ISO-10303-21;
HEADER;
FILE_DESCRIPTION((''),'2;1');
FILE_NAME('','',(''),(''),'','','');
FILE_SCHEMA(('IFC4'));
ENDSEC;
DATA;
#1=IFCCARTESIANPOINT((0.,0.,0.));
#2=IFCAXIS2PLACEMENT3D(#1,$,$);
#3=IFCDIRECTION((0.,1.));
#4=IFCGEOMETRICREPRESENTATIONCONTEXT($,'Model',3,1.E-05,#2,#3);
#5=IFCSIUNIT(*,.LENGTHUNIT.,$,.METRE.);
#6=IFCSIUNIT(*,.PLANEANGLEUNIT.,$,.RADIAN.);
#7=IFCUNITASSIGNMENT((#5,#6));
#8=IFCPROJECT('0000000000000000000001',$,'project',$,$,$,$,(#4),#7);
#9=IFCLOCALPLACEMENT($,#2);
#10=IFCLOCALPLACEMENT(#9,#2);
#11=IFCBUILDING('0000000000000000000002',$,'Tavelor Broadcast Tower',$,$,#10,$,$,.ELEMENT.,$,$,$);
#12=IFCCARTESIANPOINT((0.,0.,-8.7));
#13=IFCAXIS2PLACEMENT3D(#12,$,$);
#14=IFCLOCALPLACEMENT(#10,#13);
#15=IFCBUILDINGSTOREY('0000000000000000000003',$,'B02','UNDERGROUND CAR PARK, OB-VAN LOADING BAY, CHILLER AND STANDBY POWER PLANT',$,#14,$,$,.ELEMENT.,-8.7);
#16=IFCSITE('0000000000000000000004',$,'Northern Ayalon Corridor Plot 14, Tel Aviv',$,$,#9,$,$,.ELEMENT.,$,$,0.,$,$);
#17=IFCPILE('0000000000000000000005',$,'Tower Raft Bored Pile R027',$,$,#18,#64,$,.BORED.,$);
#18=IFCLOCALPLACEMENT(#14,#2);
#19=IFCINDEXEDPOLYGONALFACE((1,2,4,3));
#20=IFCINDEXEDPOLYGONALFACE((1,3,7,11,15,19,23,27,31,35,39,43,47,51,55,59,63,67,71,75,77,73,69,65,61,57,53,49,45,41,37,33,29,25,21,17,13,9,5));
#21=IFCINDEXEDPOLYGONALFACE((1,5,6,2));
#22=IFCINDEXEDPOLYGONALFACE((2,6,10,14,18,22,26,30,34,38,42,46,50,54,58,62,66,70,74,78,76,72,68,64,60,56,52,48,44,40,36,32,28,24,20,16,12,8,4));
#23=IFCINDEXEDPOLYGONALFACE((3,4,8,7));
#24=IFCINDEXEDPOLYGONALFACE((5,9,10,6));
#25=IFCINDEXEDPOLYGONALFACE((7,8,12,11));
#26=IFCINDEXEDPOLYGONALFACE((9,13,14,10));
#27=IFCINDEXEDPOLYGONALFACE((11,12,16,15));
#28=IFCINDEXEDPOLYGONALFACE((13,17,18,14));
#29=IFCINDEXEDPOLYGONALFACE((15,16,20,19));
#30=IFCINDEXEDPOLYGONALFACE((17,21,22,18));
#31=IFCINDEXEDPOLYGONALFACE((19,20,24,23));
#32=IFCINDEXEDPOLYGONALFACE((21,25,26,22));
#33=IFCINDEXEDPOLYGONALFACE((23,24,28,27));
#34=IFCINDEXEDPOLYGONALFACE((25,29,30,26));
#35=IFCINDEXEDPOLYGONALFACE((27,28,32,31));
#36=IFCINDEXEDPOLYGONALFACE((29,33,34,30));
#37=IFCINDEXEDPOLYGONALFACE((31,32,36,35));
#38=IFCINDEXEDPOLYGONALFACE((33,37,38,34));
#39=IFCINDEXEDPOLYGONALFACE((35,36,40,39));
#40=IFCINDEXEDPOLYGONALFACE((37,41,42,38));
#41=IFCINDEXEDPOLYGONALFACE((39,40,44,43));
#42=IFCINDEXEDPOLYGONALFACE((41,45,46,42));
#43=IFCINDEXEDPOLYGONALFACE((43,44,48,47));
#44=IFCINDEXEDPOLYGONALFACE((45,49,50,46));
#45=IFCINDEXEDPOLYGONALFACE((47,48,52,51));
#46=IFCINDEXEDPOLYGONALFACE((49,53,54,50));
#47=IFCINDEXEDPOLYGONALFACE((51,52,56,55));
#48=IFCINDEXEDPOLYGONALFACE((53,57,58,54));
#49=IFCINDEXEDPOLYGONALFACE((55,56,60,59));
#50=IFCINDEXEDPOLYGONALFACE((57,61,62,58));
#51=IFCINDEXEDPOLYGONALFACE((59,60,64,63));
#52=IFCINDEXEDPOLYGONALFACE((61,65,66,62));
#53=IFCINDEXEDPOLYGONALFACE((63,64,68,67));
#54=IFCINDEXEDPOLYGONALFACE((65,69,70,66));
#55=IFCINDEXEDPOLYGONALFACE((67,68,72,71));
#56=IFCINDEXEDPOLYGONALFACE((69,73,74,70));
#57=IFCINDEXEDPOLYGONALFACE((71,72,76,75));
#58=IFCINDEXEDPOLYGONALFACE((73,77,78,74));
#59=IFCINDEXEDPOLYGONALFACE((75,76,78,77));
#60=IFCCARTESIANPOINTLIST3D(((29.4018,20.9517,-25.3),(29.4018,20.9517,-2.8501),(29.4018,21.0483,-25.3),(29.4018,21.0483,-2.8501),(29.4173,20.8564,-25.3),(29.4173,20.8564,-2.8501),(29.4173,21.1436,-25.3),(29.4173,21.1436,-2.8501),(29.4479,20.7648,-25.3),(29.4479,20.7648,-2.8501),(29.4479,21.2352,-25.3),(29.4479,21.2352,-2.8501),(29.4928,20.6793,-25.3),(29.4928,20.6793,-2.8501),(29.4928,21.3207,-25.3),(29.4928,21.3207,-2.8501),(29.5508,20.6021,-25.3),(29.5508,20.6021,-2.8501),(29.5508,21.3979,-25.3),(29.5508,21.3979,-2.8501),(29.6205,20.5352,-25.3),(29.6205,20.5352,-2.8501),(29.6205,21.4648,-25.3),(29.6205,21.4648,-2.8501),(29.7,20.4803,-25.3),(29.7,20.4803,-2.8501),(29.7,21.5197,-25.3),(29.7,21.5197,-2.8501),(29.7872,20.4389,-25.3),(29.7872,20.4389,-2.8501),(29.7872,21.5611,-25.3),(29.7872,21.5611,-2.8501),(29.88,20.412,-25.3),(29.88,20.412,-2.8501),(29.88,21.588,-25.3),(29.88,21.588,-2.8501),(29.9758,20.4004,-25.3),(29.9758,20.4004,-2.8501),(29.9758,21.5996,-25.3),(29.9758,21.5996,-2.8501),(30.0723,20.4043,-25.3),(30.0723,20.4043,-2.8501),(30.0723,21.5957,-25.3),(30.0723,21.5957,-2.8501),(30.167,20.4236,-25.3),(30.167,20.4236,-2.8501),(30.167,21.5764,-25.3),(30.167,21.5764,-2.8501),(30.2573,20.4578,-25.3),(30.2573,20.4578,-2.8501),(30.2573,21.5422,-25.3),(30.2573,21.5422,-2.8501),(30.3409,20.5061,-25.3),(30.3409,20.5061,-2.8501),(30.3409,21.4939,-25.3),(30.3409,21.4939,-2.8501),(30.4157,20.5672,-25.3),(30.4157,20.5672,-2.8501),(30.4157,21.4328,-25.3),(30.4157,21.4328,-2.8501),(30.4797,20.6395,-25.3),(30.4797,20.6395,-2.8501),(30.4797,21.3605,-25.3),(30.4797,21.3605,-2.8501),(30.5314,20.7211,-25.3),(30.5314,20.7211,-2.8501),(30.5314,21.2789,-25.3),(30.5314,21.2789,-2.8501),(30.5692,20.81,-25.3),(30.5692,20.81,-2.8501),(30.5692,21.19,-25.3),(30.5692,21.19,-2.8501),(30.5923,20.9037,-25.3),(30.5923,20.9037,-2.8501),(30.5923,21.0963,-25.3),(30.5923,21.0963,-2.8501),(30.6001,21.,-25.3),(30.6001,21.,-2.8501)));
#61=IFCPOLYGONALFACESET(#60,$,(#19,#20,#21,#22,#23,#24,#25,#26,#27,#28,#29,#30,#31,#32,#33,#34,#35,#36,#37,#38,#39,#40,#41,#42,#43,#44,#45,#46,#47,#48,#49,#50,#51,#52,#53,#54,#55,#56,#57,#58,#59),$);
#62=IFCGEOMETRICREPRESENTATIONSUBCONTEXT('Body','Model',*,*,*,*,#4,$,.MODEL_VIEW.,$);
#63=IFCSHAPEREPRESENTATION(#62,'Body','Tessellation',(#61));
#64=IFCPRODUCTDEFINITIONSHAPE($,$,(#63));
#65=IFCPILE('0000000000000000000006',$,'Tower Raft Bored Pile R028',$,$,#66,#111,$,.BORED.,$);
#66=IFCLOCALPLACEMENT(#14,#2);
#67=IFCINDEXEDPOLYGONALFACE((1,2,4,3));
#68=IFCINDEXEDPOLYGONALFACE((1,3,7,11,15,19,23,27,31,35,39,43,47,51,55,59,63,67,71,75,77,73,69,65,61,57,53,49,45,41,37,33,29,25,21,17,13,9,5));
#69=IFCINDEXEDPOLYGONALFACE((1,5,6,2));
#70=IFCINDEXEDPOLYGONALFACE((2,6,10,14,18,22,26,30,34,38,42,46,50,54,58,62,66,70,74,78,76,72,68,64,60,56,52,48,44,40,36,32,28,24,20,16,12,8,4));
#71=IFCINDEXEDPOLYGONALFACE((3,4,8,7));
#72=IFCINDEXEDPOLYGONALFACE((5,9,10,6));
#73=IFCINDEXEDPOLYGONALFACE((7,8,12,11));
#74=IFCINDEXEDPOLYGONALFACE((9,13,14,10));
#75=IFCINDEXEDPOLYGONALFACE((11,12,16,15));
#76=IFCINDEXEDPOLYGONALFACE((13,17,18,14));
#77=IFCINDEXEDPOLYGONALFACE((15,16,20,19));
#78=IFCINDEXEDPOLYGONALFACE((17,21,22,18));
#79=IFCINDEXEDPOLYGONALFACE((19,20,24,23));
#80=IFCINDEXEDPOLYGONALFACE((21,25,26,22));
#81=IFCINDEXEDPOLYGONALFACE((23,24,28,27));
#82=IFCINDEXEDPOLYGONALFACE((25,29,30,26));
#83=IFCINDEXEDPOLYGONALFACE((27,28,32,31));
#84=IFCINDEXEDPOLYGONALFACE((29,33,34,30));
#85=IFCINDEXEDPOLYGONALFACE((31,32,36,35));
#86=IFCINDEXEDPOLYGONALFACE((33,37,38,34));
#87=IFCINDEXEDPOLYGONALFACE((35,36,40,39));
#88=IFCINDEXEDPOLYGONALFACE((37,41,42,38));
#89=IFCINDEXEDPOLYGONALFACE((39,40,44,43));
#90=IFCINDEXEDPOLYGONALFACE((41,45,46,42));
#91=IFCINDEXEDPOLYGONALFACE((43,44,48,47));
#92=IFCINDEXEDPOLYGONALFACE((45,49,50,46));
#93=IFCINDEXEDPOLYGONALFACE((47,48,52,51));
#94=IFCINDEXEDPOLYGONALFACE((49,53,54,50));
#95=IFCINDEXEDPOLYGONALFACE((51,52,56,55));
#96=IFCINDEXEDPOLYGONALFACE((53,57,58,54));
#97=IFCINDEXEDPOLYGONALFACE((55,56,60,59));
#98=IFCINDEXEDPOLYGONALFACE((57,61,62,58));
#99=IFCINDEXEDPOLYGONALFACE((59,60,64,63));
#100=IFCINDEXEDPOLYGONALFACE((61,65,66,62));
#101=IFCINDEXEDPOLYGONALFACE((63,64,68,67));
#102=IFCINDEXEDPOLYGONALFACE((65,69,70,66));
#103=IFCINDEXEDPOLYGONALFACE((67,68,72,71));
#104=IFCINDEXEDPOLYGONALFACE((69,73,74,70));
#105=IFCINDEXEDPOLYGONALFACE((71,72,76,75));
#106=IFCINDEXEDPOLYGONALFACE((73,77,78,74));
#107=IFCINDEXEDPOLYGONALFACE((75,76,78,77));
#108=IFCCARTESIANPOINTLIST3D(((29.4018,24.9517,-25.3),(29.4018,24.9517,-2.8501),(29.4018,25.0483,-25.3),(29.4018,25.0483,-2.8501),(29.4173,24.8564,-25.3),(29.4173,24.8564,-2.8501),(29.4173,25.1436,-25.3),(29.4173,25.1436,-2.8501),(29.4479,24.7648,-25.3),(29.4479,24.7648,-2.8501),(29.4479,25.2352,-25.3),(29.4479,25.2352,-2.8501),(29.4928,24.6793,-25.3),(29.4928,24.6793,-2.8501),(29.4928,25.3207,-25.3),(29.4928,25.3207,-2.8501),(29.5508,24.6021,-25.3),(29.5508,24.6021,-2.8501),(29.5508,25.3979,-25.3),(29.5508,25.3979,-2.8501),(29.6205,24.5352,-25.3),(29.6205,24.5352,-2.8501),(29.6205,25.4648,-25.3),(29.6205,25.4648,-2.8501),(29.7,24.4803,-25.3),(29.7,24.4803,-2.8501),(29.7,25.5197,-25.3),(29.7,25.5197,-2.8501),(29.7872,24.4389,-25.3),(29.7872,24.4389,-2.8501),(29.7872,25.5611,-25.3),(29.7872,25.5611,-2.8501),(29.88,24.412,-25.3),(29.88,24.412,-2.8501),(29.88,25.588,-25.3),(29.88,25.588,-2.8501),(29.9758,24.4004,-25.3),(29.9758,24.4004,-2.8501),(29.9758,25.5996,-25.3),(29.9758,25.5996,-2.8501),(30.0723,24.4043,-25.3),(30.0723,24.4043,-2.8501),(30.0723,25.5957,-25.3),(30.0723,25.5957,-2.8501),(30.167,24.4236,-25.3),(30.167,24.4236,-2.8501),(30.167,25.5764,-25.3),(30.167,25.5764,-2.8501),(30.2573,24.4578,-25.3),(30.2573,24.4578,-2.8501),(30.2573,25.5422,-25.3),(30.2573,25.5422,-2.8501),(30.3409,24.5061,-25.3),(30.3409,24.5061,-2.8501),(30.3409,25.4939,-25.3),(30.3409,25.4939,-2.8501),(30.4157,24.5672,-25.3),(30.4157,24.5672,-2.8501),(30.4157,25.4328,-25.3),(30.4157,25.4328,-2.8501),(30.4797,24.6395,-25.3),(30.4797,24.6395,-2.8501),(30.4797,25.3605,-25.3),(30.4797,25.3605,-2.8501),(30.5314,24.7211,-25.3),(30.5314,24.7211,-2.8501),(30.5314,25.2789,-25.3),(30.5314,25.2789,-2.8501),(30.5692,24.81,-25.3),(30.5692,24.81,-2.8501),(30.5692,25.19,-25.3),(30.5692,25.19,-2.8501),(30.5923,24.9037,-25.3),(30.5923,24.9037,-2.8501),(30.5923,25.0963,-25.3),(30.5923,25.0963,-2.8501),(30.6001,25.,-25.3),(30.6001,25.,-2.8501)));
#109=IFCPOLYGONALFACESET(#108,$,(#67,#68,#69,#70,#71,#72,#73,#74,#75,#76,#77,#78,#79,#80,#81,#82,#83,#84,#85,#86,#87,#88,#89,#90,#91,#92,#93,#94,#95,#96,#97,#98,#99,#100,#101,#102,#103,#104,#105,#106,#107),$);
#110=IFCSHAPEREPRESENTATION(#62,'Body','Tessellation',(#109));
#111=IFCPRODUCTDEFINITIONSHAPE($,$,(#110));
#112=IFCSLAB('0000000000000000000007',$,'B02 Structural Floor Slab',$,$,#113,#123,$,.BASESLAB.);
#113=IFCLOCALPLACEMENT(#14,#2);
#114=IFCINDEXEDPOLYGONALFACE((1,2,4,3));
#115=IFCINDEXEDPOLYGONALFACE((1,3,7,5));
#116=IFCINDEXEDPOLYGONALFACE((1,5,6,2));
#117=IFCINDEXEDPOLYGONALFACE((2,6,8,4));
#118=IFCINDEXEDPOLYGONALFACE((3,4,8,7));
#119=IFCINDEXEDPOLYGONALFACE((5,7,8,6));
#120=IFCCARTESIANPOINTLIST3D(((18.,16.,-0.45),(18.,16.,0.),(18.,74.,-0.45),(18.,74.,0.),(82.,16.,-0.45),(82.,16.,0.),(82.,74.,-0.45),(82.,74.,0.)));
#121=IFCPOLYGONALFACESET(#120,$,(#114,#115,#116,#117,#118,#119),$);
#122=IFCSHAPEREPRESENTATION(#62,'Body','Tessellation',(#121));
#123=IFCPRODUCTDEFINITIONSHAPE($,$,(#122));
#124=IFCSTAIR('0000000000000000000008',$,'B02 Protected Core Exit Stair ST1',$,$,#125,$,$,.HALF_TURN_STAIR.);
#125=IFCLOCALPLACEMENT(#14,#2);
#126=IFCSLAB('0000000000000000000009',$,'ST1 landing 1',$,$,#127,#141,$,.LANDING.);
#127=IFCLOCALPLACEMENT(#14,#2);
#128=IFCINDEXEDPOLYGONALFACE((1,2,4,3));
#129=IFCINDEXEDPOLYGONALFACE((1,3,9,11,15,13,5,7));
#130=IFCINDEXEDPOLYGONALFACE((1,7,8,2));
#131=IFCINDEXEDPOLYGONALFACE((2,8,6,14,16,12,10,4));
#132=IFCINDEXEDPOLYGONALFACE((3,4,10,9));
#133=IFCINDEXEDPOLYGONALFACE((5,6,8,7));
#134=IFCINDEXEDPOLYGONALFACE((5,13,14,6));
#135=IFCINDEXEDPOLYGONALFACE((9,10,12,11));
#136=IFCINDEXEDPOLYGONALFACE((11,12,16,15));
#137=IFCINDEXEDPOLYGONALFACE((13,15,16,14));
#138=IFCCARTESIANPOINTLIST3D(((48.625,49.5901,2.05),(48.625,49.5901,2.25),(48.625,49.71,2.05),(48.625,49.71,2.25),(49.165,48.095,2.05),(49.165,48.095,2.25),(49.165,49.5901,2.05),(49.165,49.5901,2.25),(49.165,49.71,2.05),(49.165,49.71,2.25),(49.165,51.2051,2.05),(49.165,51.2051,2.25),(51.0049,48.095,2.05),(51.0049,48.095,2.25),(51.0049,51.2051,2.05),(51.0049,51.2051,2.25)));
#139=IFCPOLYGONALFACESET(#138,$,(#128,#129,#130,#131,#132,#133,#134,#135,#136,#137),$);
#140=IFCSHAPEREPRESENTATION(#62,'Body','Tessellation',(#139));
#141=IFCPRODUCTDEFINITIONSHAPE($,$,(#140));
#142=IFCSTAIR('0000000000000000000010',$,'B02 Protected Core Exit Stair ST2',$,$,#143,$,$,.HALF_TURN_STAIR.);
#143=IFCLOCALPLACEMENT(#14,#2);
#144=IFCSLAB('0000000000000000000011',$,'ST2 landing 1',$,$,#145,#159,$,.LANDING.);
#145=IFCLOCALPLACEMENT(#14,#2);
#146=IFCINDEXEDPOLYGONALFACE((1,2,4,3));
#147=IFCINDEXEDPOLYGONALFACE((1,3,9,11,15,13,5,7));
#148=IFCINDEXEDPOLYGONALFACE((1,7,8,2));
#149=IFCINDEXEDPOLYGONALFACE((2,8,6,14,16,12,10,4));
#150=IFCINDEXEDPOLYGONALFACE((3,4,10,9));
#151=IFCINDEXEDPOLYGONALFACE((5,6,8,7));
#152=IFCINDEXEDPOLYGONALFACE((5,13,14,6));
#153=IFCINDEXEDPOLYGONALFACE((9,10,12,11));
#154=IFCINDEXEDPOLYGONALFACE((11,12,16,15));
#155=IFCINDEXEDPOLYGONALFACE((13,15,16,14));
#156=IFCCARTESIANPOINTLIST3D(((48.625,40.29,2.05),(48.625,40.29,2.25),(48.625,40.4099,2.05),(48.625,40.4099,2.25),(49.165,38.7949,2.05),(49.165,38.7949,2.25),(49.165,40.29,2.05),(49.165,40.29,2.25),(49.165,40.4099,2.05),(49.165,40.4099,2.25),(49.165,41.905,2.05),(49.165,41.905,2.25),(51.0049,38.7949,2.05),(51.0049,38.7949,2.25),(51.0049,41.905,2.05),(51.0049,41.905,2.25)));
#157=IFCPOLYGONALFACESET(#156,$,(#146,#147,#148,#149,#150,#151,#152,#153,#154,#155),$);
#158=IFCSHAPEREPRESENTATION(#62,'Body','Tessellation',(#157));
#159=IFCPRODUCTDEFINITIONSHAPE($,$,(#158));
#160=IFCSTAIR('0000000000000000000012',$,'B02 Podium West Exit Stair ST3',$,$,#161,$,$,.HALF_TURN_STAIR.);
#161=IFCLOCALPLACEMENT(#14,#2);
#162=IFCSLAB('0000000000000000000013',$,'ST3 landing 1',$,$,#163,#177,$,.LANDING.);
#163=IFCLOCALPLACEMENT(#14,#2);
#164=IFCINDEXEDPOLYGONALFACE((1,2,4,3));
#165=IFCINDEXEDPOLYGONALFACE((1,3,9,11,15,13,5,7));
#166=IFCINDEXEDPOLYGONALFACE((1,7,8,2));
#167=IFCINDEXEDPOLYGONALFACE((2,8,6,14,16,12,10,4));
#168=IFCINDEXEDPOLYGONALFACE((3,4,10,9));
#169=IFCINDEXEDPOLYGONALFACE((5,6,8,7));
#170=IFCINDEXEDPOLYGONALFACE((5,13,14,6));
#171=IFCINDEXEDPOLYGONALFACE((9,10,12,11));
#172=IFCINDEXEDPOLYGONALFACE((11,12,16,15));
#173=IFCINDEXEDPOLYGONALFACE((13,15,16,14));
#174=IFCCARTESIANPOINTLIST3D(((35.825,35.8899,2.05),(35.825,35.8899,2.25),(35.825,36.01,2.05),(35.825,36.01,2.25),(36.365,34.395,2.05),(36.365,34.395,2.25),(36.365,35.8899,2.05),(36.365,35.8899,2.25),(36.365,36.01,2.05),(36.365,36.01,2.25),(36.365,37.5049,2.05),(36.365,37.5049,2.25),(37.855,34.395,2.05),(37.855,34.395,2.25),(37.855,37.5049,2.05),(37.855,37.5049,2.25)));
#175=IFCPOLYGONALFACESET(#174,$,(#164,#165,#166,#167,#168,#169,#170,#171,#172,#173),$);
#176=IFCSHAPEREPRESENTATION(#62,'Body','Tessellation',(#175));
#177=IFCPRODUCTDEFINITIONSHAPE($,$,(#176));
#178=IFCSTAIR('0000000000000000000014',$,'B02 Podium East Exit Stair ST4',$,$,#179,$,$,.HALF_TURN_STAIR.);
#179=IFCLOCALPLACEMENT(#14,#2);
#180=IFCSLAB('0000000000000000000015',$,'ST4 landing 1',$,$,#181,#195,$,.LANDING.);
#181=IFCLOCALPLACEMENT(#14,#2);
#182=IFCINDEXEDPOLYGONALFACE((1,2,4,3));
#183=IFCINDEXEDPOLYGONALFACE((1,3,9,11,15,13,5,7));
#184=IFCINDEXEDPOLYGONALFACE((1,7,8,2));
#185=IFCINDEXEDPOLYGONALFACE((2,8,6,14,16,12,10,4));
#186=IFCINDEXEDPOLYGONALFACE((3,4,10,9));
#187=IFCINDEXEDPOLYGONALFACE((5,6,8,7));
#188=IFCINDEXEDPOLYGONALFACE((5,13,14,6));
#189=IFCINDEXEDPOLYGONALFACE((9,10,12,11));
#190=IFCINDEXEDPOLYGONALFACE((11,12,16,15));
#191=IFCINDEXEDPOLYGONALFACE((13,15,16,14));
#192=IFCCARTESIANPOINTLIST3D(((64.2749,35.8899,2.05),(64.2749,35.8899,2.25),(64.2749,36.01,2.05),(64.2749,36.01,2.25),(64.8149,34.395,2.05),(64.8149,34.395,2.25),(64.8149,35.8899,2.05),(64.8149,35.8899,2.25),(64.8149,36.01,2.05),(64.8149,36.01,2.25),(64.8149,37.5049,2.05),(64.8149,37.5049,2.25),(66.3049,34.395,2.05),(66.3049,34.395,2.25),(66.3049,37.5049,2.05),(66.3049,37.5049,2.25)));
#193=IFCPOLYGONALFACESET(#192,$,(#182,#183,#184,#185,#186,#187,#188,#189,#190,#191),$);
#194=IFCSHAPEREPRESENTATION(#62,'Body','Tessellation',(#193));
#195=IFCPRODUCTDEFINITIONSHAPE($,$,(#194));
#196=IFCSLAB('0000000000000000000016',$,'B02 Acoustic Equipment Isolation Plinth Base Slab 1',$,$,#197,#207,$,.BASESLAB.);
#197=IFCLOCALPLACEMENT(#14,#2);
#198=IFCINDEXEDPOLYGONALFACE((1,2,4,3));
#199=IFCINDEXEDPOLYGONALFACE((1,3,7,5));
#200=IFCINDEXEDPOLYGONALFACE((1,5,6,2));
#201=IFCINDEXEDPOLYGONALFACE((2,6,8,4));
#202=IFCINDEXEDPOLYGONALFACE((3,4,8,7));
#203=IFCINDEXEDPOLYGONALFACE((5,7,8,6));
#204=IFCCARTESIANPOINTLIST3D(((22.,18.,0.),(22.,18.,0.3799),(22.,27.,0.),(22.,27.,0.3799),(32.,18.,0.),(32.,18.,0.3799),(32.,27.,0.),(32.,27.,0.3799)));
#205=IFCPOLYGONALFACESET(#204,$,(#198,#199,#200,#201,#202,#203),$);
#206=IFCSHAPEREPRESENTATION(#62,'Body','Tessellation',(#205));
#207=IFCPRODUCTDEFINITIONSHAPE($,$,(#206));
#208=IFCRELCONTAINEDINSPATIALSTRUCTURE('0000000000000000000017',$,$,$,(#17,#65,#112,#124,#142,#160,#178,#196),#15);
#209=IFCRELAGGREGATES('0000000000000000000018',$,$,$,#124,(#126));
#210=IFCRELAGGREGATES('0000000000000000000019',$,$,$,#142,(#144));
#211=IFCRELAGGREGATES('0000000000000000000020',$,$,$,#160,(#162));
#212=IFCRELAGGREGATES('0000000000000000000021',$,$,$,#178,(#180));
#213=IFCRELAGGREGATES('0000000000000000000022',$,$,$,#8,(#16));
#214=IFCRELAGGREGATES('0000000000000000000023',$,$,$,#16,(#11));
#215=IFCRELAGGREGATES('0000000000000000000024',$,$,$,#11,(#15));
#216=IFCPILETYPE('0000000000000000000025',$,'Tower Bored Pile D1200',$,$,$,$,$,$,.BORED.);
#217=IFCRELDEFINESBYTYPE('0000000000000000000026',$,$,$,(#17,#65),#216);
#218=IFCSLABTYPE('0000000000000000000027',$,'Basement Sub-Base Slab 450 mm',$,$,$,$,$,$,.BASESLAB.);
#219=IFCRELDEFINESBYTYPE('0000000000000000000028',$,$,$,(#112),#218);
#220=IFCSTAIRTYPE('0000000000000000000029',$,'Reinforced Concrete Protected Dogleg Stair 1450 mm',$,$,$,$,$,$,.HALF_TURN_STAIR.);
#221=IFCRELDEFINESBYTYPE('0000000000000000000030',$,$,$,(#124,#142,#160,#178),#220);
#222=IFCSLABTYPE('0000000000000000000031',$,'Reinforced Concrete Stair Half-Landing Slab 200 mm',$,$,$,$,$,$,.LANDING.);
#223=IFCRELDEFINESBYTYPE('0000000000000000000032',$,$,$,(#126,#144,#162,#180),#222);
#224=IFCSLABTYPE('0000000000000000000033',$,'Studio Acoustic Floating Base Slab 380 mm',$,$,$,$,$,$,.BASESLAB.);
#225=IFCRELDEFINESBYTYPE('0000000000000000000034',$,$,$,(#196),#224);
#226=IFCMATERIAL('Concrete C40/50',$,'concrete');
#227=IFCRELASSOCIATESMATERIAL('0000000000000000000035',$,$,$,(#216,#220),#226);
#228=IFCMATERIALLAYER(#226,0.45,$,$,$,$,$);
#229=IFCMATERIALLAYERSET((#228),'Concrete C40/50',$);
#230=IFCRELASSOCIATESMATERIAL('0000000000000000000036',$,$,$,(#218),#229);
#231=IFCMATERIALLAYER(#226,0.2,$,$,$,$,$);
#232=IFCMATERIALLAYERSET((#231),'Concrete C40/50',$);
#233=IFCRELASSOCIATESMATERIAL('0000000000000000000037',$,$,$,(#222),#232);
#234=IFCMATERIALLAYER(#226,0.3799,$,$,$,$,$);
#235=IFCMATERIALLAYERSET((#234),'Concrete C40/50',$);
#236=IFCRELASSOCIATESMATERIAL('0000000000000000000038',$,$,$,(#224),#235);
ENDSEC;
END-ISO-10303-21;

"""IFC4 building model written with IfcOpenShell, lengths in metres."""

from ifc_helpers import new_model, si_unit, direction, frame, origin, origin_2d, place, context, subcontext, project, spatial, polyline, circle, outline, extrude, material, layer, layer_set, material_profile, profile_set, type_object, element, aggregate, save


model = new_model("IFC4")

# Units and contexts
model_context = context("Model", 3, precision=1e-05, world=origin(), true_north=direction((0.0, 1.0)))
body_context = subcontext(model_context, "Body", "Model", "MODEL_VIEW")
ifc_project = project(units=[si_unit("LENGTHUNIT", "METRE"), si_unit("PLANEANGLEUNIT", "RADIAN")], contexts=[model_context])

# Site, building, storey
site_placement = place(None, origin())
site = spatial("IfcSite", under=ifc_project, at=site_placement, Name="Northern Ayalon Corridor Plot 14, Tel Aviv", CompositionType="ELEMENT", RefElevation=0.0)
building_placement = place(site_placement, origin())
building = spatial("IfcBuilding", under=site, at=building_placement, Name="Tavelor Broadcast Tower", CompositionType="ELEMENT")
storey_placement = place(building_placement, frame((0.0, 0.0, -8.7)))
storey = spatial("IfcBuildingStorey", under=building, at=storey_placement, Name="B02", Description="UNDERGROUND CAR PARK, OB-VAN LOADING BAY, CHILLER AND STANDBY POWER PLANT", CompositionType="ELEMENT", Elevation=-8.7)

# Shared definitions
ifc_material = material(Name="Concrete C40/50", Category="concrete")

# Piles
ifc_material_profile_1 = material_profile(ifc_material, circle(Radius=0.6001, at=origin_2d()), Name="PILE D1200")
ifc_profile_set_1 = profile_set([ifc_material_profile_1], Name="Concrete C40/50")
pile_type_1 = type_object("IfcPileType", Name="Tower Bored Pile D1200", PredefinedType="BORED", material=ifc_profile_set_1)
for number, where, z_axis, x_axis, name in (
    (1, (30.0, 21.0, -2.8501), (0.0, 0.0, -1.0), (1.0, 0.0, 0.0), "Tower Raft Bored Pile R027"),
    (2, (30.0, 25.0, -2.8501), (0.0, 0.0, -1.0), (1.0, 0.0, 0.0), "Tower Raft Bored Pile R028"),
):
    element("IfcPile", number, at=place(storey_placement, frame(where, z_axis=z_axis, x_axis=x_axis)), inside=storey, type_object=pile_type_1, Name=name, PredefinedType="BORED", context=body_context, shape_type="SweptSolid", body=[
        extrude(circle(Radius=0.6001, at=origin_2d()), origin(), (0.0, 0.0, 1.0), 22.45),
    ])

# Slab
ifc_layer_1 = layer(ifc_material, 0.45)
ifc_layer_set_1 = layer_set([ifc_layer_1], Name="Concrete C40/50")
slab_type_1 = type_object("IfcSlabType", Name="Basement Sub-Base Slab 450 mm", PredefinedType="BASESLAB", material=ifc_layer_set_1)
slab_1_placement = place(storey_placement, frame((0.0, 0.0, -0.45)))
element("IfcSlab", 3, at=slab_1_placement, inside=storey, type_object=slab_type_1, Name="B02 Structural Floor Slab", PredefinedType="BASESLAB", context=body_context, shape_type="SweptSolid", body=[
    extrude(outline(polyline([(18.0, 16.0), (82.0, 16.0), (82.0, 74.0), (18.0, 74.0), (18.0, 16.0)])), origin(), (0.0, 0.0, 1.0), 0.45),
])

# Stairs, slabs
stair_type = type_object("IfcStairType", Name="Reinforced Concrete Protected Dogleg Stair 1450 mm", PredefinedType="HALF_TURN_STAIR", material=ifc_material)
stair_1_placement = place(storey_placement, origin())
stair_1 = element("IfcStair", 4, at=stair_1_placement, inside=storey, type_object=stair_type, Name="B02 Protected Core Exit Stair ST1", PredefinedType="HALF_TURN_STAIR")
ifc_layer_2 = layer(ifc_material, 0.2)
ifc_layer_set_2 = layer_set([ifc_layer_2], Name="Concrete C40/50")
slab_type_2 = type_object("IfcSlabType", Name="Reinforced Concrete Stair Half-Landing Slab 200 mm", PredefinedType="LANDING", material=ifc_layer_set_2)
slab_2_placement = place(storey_placement, frame((0.0, 0.0, 2.05)))
slab_2 = element("IfcSlab", 5, at=slab_2_placement, type_object=slab_type_2, Name="ST1 landing 1", PredefinedType="LANDING", context=body_context, shape_type="SweptSolid", body=[
    extrude(outline(polyline([(49.165, 49.5901), (49.165, 48.095), (51.0049, 48.095), (51.0049, 51.2051), (49.165, 51.2051), (49.165, 49.71), (48.625, 49.71), (48.625, 49.5901), (49.165, 49.5901)])), origin(), (0.0, 0.0, 1.0), 0.2),
])
aggregate(stair_1, [slab_2])
stair_2_placement = place(storey_placement, origin())
stair_2 = element("IfcStair", 6, at=stair_2_placement, inside=storey, type_object=stair_type, Name="B02 Protected Core Exit Stair ST2", PredefinedType="HALF_TURN_STAIR")
slab_3_placement = place(storey_placement, frame((0.0, 0.0, 2.05)))
slab_3 = element("IfcSlab", 7, at=slab_3_placement, type_object=slab_type_2, Name="ST2 landing 1", PredefinedType="LANDING", context=body_context, shape_type="SweptSolid", body=[
    extrude(outline(polyline([(49.165, 40.29), (49.165, 38.7949), (51.0049, 38.7949), (51.0049, 41.905), (49.165, 41.905), (49.165, 40.4099), (48.625, 40.4099), (48.625, 40.29), (49.165, 40.29)])), origin(), (0.0, 0.0, 1.0), 0.2),
])
aggregate(stair_2, [slab_3])
stair_3_placement = place(storey_placement, origin())
stair_3 = element("IfcStair", 8, at=stair_3_placement, inside=storey, type_object=stair_type, Name="B02 Podium West Exit Stair ST3", PredefinedType="HALF_TURN_STAIR")
slab_4_placement = place(storey_placement, frame((0.0, 0.0, 2.05)))
slab_4 = element("IfcSlab", 9, at=slab_4_placement, type_object=slab_type_2, Name="ST3 landing 1", PredefinedType="LANDING", context=body_context, shape_type="SweptSolid", body=[
    extrude(outline(polyline([(36.365, 35.8899), (36.365, 34.395), (37.855, 34.395), (37.855, 37.5049), (36.365, 37.5049), (36.365, 36.01), (35.825, 36.01), (35.825, 35.8899), (36.365, 35.8899)])), origin(), (0.0, 0.0, 1.0), 0.2),
])
aggregate(stair_3, [slab_4])
stair_4_placement = place(storey_placement, origin())
stair_4 = element("IfcStair", 10, at=stair_4_placement, inside=storey, type_object=stair_type, Name="B02 Podium East Exit Stair ST4", PredefinedType="HALF_TURN_STAIR")
slab_5_placement = place(storey_placement, frame((0.0, 0.0, 2.05)))
slab_5 = element("IfcSlab", 11, at=slab_5_placement, type_object=slab_type_2, Name="ST4 landing 1", PredefinedType="LANDING", context=body_context, shape_type="SweptSolid", body=[
    extrude(outline(polyline([(64.8149, 35.8899), (64.8149, 34.395), (66.3049, 34.395), (66.3049, 37.5049), (64.8149, 37.5049), (64.8149, 36.01), (64.2749, 36.01), (64.2749, 35.8899), (64.8149, 35.8899)])), origin(), (0.0, 0.0, 1.0), 0.2),
])
aggregate(stair_4, [slab_5])

# Slab
ifc_layer_3 = layer(ifc_material, 0.3799)
ifc_layer_set_3 = layer_set([ifc_layer_3], Name="Concrete C40/50")
slab_type_3 = type_object("IfcSlabType", Name="Studio Acoustic Floating Base Slab 380 mm", PredefinedType="BASESLAB", material=ifc_layer_set_3)
slab_6_placement = place(storey_placement, origin())
element("IfcSlab", 12, at=slab_6_placement, inside=storey, type_object=slab_type_3, Name="B02 Acoustic Equipment Isolation Plinth Base Slab 1", PredefinedType="BASESLAB", context=body_context, shape_type="SweptSolid", body=[
    extrude(outline(polyline([(32.0, 18.0), (32.0, 27.0), (22.0, 27.0), (22.0, 18.0), (32.0, 18.0)])), origin(), (0.0, 0.0, 1.0), 0.3799),
])

save(model, "model.ifc")
